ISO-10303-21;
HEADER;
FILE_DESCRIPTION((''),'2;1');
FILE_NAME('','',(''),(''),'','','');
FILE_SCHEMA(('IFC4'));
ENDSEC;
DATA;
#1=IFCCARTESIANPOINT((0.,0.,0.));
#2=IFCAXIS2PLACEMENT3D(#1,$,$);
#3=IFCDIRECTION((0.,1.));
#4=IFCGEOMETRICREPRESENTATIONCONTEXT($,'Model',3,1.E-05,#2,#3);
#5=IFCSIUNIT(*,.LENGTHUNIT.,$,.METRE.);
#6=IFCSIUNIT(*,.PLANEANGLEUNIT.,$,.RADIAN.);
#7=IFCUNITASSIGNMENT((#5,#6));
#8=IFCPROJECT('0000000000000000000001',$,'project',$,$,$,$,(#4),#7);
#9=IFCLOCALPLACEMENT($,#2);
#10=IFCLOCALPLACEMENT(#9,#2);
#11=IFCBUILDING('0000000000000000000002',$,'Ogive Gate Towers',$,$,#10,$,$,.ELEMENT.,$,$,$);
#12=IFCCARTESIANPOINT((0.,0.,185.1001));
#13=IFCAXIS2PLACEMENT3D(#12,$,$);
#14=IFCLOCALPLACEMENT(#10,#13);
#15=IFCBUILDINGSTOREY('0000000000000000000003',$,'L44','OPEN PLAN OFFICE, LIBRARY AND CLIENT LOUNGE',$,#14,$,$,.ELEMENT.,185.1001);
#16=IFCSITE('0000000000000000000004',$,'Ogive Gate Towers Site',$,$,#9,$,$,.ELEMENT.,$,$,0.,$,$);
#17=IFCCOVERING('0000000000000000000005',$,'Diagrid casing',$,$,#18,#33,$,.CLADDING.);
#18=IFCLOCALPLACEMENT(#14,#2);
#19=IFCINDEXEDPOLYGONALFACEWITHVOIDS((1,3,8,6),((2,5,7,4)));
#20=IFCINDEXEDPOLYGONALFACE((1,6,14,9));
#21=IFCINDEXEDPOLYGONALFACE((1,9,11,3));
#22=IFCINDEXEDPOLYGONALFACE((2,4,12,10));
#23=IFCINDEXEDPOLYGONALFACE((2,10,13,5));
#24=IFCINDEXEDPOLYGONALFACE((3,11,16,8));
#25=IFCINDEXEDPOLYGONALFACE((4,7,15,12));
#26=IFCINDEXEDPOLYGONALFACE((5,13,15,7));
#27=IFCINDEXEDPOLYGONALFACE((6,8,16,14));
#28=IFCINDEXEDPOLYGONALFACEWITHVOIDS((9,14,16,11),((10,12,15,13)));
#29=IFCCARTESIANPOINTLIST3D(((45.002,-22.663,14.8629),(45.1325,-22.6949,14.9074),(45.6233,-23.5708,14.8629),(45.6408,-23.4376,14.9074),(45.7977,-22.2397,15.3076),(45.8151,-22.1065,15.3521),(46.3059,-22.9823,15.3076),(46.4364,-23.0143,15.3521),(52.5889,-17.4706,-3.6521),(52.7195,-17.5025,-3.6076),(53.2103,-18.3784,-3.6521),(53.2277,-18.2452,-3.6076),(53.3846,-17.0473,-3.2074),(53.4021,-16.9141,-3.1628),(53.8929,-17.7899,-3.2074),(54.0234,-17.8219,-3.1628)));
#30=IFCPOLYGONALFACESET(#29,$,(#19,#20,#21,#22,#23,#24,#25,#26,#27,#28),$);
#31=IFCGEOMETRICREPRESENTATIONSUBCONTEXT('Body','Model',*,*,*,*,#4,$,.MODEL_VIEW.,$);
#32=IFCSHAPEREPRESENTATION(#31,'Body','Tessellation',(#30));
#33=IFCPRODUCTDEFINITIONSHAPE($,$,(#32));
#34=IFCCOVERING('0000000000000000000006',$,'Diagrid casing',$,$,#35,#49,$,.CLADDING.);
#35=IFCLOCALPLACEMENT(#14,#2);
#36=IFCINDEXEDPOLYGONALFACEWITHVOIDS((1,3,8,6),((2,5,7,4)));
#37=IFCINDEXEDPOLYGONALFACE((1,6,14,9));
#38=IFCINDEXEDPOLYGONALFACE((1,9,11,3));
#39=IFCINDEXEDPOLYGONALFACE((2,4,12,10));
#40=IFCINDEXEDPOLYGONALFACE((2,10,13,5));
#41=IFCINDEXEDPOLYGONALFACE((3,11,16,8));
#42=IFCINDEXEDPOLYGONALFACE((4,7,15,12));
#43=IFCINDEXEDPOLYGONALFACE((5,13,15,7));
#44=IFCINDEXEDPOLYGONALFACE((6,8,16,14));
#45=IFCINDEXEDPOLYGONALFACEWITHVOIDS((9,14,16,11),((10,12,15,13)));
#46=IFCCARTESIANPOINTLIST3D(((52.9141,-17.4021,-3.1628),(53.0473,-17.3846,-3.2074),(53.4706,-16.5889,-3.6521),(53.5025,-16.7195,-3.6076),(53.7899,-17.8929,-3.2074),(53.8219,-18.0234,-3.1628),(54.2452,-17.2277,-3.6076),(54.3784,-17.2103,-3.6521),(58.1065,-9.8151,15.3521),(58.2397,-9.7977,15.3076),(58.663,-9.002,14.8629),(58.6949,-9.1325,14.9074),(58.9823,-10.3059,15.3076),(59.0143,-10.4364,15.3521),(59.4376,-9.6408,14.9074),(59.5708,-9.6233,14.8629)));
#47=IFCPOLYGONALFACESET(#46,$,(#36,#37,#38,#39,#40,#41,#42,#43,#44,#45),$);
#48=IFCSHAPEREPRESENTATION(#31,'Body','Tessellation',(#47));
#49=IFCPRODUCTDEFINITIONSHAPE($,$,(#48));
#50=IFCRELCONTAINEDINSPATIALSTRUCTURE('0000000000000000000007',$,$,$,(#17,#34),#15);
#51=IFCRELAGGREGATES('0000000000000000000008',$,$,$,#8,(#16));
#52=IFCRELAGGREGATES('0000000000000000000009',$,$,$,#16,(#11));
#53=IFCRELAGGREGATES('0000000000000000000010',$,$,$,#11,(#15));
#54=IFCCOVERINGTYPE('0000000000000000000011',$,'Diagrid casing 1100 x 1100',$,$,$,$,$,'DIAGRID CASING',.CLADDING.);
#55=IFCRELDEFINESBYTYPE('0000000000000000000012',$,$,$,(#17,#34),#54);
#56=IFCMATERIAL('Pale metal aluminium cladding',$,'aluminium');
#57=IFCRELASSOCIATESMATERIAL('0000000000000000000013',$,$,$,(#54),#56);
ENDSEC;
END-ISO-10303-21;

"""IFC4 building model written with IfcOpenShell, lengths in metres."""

from ifc_helpers import new_model, si_unit, direction, frame, origin, origin_2d, place, context, subcontext, project, spatial, hollow_rectangle, extrude, material, material_profile, profile_set, type_object, element, save


model = new_model("IFC4")

# Units and contexts
model_context = context("Model", 3, precision=1e-05, world=origin(), true_north=direction((0.0, 1.0)))
body_context = subcontext(model_context, "Body", "Model", "MODEL_VIEW")
ifc_project = project(units=[si_unit("LENGTHUNIT", "METRE"), si_unit("PLANEANGLEUNIT", "RADIAN")], contexts=[model_context])

# Site, building, storey
site_placement = place(None, origin())
site = spatial("IfcSite", under=ifc_project, at=site_placement, Name="Ogive Gate Towers Site", CompositionType="ELEMENT", RefElevation=0.0)
building_placement = place(site_placement, origin())
building = spatial("IfcBuilding", under=site, at=building_placement, Name="Ogive Gate Towers", CompositionType="ELEMENT")
storey_placement = place(building_placement, frame((0.0, 0.0, 185.1001)))
storey = spatial("IfcBuildingStorey", under=building, at=storey_placement, Name="L44", Description="OPEN PLAN OFFICE, LIBRARY AND CLIENT LOUNGE", CompositionType="ELEMENT", Elevation=185.1001)

# Coverings
ifc_material_1 = material(Name="Pale metal aluminium cladding", Category="aluminium")
ifc_material_profile_1 = material_profile(ifc_material_1, hollow_rectangle(XDim=1.1001, YDim=1.1001, WallThickness=0.1001, at=origin_2d()), Name="1100 x 1100 pale metal casing")
ifc_profile_set_1 = profile_set([ifc_material_profile_1], Name="Pale metal aluminium cladding")
covering_type_1 = type_object("IfcCoveringType", Name="Diagrid casing 1100 x 1100", ElementType="DIAGRID CASING", PredefinedType="CLADDING", material=ifc_profile_set_1)
for number, where, z_axis, x_axis, name in (
    (1, (53.3062, -17.6462, -3.4075), (-0.367018, -0.251182, 0.895659), (0.564783, -0.82524, 0.0), "Diagrid casing"),
    (2, (53.6462, -17.3062, -3.4075), (0.251182, 0.367018, 0.895659), (-0.82524, 0.564783, 0.0), "Diagrid casing"),
):
    element("IfcCovering", number, at=place(storey_placement, frame(where, z_axis=z_axis, x_axis=x_axis)), inside=storey, type_object=covering_type_1, Name=name, PredefinedType="CLADDING", context=body_context, shape_type="SweptSolid", body=[
        extrude(hollow_rectangle(XDim=1.1001, YDim=1.1001, WallThickness=0.1001, at=origin_2d()), origin(), (0.0, 0.0, 1.0), 20.6719),
    ])

save(model, "model.ifc")
